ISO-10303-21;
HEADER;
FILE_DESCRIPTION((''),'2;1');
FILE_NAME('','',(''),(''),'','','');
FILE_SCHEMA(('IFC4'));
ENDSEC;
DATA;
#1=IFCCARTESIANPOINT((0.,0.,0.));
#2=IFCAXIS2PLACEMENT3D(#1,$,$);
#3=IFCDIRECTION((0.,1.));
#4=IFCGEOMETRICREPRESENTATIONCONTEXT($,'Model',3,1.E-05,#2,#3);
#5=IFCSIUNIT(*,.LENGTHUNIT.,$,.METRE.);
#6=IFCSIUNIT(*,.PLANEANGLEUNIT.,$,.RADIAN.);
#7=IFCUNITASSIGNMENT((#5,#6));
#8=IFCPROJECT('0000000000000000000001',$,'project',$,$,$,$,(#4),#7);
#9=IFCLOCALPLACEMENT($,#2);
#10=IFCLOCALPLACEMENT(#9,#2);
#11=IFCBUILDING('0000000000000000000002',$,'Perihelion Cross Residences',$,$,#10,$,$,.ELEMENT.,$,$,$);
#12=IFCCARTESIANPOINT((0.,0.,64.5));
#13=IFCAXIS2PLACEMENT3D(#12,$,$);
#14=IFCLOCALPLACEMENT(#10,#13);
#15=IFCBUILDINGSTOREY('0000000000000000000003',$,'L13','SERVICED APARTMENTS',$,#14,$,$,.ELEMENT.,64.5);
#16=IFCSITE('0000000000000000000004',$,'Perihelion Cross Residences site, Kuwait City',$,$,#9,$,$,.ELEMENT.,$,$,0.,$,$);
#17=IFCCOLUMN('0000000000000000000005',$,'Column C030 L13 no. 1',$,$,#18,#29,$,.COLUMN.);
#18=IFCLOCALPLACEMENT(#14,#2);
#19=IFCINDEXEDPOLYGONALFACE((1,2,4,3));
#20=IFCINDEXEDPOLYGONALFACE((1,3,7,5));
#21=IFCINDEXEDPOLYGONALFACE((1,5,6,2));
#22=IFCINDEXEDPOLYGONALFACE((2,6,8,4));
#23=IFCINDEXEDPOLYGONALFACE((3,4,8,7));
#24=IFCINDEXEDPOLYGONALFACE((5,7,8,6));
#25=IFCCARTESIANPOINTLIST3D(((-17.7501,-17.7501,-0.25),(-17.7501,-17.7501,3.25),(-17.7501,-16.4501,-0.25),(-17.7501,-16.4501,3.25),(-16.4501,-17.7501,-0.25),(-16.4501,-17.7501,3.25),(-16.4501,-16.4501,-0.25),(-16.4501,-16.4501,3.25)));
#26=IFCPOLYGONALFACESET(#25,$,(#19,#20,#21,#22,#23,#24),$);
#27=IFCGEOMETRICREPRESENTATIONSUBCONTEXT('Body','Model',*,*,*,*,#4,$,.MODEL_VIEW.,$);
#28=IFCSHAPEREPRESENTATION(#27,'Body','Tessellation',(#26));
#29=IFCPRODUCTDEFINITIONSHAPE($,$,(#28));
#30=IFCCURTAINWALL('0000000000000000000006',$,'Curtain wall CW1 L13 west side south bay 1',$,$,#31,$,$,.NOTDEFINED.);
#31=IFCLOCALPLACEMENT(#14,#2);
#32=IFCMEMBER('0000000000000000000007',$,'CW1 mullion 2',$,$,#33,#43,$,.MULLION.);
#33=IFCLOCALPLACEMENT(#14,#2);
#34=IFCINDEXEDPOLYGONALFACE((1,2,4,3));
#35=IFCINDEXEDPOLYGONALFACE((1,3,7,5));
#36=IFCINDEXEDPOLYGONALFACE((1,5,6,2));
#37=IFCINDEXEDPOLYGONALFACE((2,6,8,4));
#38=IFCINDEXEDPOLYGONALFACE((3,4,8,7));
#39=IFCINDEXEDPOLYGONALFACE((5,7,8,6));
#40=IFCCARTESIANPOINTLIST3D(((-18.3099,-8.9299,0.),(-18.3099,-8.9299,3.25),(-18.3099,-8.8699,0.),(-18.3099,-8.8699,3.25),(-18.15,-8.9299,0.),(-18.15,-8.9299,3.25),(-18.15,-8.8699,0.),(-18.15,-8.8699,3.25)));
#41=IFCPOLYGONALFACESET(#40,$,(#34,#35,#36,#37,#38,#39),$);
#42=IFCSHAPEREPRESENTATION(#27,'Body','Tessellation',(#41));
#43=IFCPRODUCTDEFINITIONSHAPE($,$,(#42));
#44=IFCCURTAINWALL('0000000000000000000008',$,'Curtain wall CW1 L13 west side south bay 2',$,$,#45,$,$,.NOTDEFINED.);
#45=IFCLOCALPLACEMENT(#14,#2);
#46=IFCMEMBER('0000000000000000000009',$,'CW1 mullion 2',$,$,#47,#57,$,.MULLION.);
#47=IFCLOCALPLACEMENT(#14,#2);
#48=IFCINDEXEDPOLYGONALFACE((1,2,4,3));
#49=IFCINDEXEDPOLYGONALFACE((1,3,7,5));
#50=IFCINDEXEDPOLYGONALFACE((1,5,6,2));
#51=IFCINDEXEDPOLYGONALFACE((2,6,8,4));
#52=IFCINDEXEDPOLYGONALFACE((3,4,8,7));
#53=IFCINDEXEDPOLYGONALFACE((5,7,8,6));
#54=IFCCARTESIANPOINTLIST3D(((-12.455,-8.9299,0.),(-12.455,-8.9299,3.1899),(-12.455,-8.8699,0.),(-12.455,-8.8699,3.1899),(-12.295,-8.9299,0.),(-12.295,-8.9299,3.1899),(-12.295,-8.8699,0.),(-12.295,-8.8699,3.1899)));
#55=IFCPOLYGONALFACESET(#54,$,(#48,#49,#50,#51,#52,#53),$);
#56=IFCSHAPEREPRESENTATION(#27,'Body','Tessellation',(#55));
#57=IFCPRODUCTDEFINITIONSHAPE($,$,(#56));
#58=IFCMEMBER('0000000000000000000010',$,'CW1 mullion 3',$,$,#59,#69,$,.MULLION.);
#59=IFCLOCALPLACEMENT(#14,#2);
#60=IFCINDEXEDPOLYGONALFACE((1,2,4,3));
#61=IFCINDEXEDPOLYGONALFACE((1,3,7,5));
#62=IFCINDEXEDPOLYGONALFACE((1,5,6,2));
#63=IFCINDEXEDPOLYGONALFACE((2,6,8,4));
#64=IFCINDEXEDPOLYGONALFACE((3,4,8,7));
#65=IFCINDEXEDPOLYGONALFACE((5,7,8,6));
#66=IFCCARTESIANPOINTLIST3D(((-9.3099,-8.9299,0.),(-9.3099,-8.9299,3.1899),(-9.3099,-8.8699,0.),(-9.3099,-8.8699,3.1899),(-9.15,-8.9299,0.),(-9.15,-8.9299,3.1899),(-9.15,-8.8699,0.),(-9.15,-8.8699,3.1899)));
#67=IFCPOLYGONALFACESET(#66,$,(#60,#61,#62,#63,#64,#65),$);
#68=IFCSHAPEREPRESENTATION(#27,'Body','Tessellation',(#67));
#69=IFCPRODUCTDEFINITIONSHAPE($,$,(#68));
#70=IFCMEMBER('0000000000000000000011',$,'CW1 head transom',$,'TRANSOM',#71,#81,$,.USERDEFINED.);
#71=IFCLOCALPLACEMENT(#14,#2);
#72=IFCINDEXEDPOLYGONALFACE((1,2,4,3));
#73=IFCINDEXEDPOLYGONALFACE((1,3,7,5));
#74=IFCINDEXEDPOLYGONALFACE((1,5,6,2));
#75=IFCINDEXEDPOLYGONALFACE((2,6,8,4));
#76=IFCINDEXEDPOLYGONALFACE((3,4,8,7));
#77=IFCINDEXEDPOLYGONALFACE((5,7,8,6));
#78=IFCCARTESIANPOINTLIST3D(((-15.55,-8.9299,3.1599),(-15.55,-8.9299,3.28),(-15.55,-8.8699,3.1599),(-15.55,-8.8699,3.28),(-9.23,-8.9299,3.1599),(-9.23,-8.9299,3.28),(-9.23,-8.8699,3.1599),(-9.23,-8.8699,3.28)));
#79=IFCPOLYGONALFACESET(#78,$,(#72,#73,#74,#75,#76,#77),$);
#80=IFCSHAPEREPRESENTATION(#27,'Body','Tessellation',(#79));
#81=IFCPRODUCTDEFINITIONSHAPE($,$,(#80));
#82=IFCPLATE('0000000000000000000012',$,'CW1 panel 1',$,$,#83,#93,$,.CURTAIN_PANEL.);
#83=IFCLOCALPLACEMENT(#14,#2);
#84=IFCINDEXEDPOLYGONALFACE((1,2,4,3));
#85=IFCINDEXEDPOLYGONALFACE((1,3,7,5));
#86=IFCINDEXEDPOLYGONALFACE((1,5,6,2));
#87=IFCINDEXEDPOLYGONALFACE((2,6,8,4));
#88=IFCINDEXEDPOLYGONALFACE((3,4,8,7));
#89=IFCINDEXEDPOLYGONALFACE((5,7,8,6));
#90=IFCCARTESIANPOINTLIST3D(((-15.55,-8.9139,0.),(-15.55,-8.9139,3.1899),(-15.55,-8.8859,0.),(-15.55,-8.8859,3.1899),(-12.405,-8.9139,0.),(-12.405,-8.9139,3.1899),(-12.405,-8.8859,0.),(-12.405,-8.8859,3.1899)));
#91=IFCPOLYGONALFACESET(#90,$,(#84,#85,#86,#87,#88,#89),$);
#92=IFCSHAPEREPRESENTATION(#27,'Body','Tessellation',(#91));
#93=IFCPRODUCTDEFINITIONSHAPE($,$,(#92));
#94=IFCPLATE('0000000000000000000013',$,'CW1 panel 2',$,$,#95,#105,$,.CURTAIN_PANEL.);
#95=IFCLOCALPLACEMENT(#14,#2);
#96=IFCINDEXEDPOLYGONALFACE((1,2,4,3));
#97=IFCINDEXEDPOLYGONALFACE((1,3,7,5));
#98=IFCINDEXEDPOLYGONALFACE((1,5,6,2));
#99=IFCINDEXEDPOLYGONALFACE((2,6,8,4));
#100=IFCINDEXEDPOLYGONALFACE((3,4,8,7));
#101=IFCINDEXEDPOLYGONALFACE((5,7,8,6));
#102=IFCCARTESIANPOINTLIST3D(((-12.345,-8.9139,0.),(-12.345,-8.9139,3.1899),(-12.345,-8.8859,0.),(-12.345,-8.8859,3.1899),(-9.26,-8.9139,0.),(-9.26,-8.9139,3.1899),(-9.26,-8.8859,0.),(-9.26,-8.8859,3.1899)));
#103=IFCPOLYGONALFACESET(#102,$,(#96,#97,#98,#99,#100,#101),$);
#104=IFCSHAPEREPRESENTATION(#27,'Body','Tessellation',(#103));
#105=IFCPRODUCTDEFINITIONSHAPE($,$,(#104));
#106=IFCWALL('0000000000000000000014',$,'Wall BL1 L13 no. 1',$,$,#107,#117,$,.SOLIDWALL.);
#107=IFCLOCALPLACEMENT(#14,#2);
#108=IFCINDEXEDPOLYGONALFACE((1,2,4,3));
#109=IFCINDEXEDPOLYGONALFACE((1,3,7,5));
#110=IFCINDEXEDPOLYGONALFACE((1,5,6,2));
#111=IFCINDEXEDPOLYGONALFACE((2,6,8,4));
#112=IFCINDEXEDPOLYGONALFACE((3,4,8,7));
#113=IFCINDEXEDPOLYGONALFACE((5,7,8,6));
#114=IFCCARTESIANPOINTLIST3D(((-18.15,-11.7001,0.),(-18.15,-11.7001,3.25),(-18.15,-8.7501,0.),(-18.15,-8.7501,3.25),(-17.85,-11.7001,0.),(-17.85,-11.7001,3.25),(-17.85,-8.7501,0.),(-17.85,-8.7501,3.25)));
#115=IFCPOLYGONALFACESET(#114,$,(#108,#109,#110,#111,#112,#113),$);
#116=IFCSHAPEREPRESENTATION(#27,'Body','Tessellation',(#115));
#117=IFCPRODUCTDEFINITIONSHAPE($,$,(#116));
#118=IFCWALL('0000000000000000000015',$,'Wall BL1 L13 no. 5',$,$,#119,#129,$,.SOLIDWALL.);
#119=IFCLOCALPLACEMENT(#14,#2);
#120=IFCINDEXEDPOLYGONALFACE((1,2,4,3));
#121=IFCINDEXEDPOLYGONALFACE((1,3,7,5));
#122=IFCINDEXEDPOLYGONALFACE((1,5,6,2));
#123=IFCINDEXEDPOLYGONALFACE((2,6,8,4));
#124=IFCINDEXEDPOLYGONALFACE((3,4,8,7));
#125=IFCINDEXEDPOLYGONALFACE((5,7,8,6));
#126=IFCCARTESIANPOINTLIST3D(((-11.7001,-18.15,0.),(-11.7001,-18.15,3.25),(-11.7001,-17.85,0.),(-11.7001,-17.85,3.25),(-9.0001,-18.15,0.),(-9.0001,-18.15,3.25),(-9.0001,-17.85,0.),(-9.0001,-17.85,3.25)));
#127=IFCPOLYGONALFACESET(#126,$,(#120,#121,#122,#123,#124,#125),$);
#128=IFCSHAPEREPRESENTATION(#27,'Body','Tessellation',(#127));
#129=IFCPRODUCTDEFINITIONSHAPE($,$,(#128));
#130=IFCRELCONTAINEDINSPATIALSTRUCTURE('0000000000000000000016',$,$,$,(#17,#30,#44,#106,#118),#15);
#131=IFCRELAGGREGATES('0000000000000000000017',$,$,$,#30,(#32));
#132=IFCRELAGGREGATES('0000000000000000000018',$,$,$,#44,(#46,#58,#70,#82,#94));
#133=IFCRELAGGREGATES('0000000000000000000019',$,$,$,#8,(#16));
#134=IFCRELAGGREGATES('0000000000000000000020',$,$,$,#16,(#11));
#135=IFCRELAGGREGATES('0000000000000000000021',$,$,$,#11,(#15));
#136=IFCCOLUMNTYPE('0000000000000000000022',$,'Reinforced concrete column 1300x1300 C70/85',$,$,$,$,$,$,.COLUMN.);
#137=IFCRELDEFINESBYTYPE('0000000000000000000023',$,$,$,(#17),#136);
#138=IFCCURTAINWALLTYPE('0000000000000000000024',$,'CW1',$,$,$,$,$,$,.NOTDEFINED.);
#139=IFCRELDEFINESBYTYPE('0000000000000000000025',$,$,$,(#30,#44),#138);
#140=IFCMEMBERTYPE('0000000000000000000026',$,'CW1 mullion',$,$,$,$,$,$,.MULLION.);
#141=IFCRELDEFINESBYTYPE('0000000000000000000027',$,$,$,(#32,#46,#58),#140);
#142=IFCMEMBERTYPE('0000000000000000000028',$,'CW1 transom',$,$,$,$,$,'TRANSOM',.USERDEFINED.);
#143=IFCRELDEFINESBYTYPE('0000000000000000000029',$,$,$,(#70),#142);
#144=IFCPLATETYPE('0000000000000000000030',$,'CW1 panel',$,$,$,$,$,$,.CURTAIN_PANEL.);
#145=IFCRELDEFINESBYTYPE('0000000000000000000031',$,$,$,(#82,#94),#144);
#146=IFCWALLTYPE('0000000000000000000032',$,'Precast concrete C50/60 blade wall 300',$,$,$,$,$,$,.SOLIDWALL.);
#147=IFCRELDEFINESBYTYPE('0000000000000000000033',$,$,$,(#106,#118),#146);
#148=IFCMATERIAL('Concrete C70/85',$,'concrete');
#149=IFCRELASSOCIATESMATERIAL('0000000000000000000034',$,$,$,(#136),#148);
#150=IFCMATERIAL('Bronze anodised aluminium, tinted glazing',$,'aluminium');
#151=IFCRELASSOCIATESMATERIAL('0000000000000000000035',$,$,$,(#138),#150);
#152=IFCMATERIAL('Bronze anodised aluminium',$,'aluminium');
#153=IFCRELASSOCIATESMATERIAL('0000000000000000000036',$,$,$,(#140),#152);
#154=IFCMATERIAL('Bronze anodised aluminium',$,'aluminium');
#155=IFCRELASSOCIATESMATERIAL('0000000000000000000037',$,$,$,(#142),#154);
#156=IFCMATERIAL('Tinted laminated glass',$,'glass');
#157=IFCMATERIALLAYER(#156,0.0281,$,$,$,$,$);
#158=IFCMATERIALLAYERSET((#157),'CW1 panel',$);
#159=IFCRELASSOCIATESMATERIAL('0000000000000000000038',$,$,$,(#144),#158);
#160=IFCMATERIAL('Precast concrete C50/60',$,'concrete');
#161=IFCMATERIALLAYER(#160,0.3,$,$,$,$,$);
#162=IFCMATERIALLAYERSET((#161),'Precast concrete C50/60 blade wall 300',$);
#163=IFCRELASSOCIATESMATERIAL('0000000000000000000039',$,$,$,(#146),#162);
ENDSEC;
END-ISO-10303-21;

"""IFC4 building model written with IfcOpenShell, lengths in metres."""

from ifc_helpers import new_model, si_unit, direction, frame, frame_2d, origin, origin_2d, place, context, subcontext, project, spatial, rectangle, extrude, material, layer, layer_set, material_profile, profile_set, type_object, element, aggregate, save


model = new_model("IFC4")

# Units and contexts
model_context = context("Model", 3, precision=1e-05, world=origin(), true_north=direction((0.0, 1.0)))
body_context = subcontext(model_context, "Body", "Model", "MODEL_VIEW")
ifc_project = project(units=[si_unit("LENGTHUNIT", "METRE"), si_unit("PLANEANGLEUNIT", "RADIAN")], contexts=[model_context])

# Site, building, storey
site_placement = place(None, origin())
site = spatial("IfcSite", under=ifc_project, at=site_placement, Name="Perihelion Cross Residences site, Kuwait City", CompositionType="ELEMENT", RefElevation=0.0)
building_placement = place(site_placement, origin())
building = spatial("IfcBuilding", under=site, at=building_placement, Name="Perihelion Cross Residences", CompositionType="ELEMENT")
storey_placement = place(building_placement, frame((0.0, 0.0, 64.5)))
storey = spatial("IfcBuildingStorey", under=building, at=storey_placement, Name="L13", Description="SERVICED APARTMENTS", CompositionType="ELEMENT", Elevation=64.5)

# Column
ifc_material_1 = material(Name="Concrete C70/85", Category="concrete")
ifc_material_profile_1 = material_profile(ifc_material_1, rectangle(XDim=1.3, YDim=1.3, at=origin_2d()), Name="RC 1300x1300")
ifc_profile_set_1 = profile_set([ifc_material_profile_1], Name="Concrete C70/85")
column_type = type_object("IfcColumnType", Name="Reinforced concrete column 1300x1300 C70/85", PredefinedType="COLUMN", material=ifc_profile_set_1)
column_placement = place(storey_placement, frame((-17.1001, -17.1001, -0.25), z_axis=(0.0, 0.0, 1.0), x_axis=(1.0, 0.0, 0.0)))
element("IfcColumn", 1, at=column_placement, inside=storey, type_object=column_type, Name="Column C030 L13 no. 1", PredefinedType="COLUMN", context=body_context, shape_type="SweptSolid", body=[
    extrude(rectangle(XDim=1.3, YDim=1.3, at=origin_2d()), origin(), (0.0, 0.0, 1.0), 3.5),
])

# Curtain wall, member
ifc_material_2 = material(Name="Bronze anodised aluminium, tinted glazing", Category="aluminium")
curtain_wall_type = type_object("IfcCurtainWallType", Name="CW1", PredefinedType="NOTDEFINED", material=ifc_material_2)
curtain_wall_1_placement = place(storey_placement, origin())
curtain_wall_1 = element("IfcCurtainWall", 2, at=curtain_wall_1_placement, inside=storey, type_object=curtain_wall_type, Name="Curtain wall CW1 L13 west side south bay 1", PredefinedType="NOTDEFINED")
ifc_material_3 = material(Name="Bronze anodised aluminium", Category="aluminium")
ifc_material_profile_2 = material_profile(ifc_material_3, rectangle(XDim=0.0601, YDim=0.1599, at=origin_2d()), Name="CW1 mullion")
ifc_profile_set_2 = profile_set([ifc_material_profile_2], Name="Bronze anodised aluminium")
member_type_1 = type_object("IfcMemberType", Name="CW1 mullion", PredefinedType="MULLION", material=ifc_profile_set_2)
member_1_placement = place(storey_placement, frame((-18.23, -8.8999, 0.0), z_axis=(0.0, 0.0, 1.0), x_axis=(0.0, 1.0, 0.0)))
member_1 = element("IfcMember", 3, at=member_1_placement, type_object=member_type_1, Name="CW1 mullion 2", PredefinedType="MULLION", context=body_context, shape_type="SweptSolid", body=[
    extrude(rectangle(XDim=0.0601, YDim=0.1599, at=origin_2d()), origin(), (0.0, 0.0, 1.0), 3.25),
])
aggregate(curtain_wall_1, [member_1])

# Curtain wall, members, plates
curtain_wall_2_placement = place(storey_placement, origin())
curtain_wall_2 = element("IfcCurtainWall", 4, at=curtain_wall_2_placement, inside=storey, type_object=curtain_wall_type, Name="Curtain wall CW1 L13 west side south bay 2", PredefinedType="NOTDEFINED")
member_2_placement = place(storey_placement, frame((-12.375, -8.8999, 0.0), z_axis=(0.0, 0.0, 1.0), x_axis=(0.0, 1.0, 0.0)))
member_2 = element("IfcMember", 5, at=member_2_placement, type_object=member_type_1, Name="CW1 mullion 2", PredefinedType="MULLION", context=body_context, shape_type="SweptSolid", body=[
    extrude(rectangle(XDim=0.0601, YDim=0.1599, at=origin_2d()), origin(), (0.0, 0.0, 1.0), 3.1899),
])
member_3_placement = place(storey_placement, frame((-9.23, -8.8999, 0.0), z_axis=(0.0, 0.0, 1.0), x_axis=(0.0, 1.0, 0.0)))
member_3 = element("IfcMember", 6, at=member_3_placement, type_object=member_type_1, Name="CW1 mullion 3", PredefinedType="MULLION", context=body_context, shape_type="SweptSolid", body=[
    extrude(rectangle(XDim=0.0601, YDim=0.1599, at=origin_2d()), origin(), (0.0, 0.0, 1.0), 3.1899),
])
ifc_material_4 = material(Name="Bronze anodised aluminium", Category="aluminium")
ifc_material_profile_3 = material_profile(ifc_material_4, rectangle(XDim=0.0601, YDim=0.1201, at=origin_2d()), Name="CW1 transom")
ifc_profile_set_3 = profile_set([ifc_material_profile_3], Name="Bronze anodised aluminium")
member_type_2 = type_object("IfcMemberType", Name="CW1 transom", ElementType="TRANSOM", PredefinedType="USERDEFINED", material=ifc_profile_set_3)
member_4_placement = place(storey_placement, frame((-15.55, -8.8999, 3.22), z_axis=(1.0, 0.0, 0.0), x_axis=(0.0, 1.0, 0.0)))
member_4 = element("IfcMember", 7, at=member_4_placement, type_object=member_type_2, Name="CW1 head transom", ObjectType="TRANSOM", PredefinedType="USERDEFINED", context=body_context, shape_type="SweptSolid", body=[
    extrude(rectangle(XDim=0.0601, YDim=0.1201, at=origin_2d()), origin(), (0.0, 0.0, 1.0), 6.3201),
])
ifc_material_5 = material(Name="Tinted laminated glass", Category="glass")
ifc_layer_1 = layer(ifc_material_5, 0.0281)
ifc_layer_set_1 = layer_set([ifc_layer_1], Name="CW1 panel")
plate_type = type_object("IfcPlateType", Name="CW1 panel", PredefinedType="CURTAIN_PANEL", material=ifc_layer_set_1)
plate_1_placement = place(storey_placement, frame((-13.9775, -8.8999, 0.0), z_axis=(0.0, 0.0, 1.0), x_axis=(1.0, 0.0, 0.0)))
plate_1 = element("IfcPlate", 8, at=plate_1_placement, type_object=plate_type, Name="CW1 panel 1", PredefinedType="CURTAIN_PANEL", context=body_context, shape_type="SweptSolid", body=[
    extrude(rectangle(XDim=3.145, YDim=0.0281, at=origin_2d()), origin(), (0.0, 0.0, 1.0), 3.1899),
])
plate_2_placement = place(storey_placement, frame((-10.8025, -8.8999, 0.0), z_axis=(0.0, 0.0, 1.0), x_axis=(1.0, 0.0, 0.0)))
plate_2 = element("IfcPlate", 9, at=plate_2_placement, type_object=plate_type, Name="CW1 panel 2", PredefinedType="CURTAIN_PANEL", context=body_context, shape_type="SweptSolid", body=[
    extrude(rectangle(XDim=3.085, YDim=0.0281, at=origin_2d()), origin(), (0.0, 0.0, 1.0), 3.1899),
])
aggregate(curtain_wall_2, [member_2, member_3, member_4, plate_1, plate_2])

# Walls
ifc_material_6 = material(Name="Precast concrete C50/60", Category="concrete")
ifc_layer_2 = layer(ifc_material_6, 0.3)
ifc_layer_set_2 = layer_set([ifc_layer_2], Name="Precast concrete C50/60 blade wall 300")
wall_type_1 = type_object("IfcWallType", Name="Precast concrete C50/60 blade wall 300", PredefinedType="SOLIDWALL", material=ifc_layer_set_2)
wall_1_placement = place(storey_placement, frame((-18.0, -8.75, 0.0), z_axis=(0.0, 0.0, 1.0), x_axis=(0.0, -1.0, 0.0)))
element("IfcWall", 10, at=wall_1_placement, inside=storey, type_object=wall_type_1, Name="Wall BL1 L13 no. 1", PredefinedType="SOLIDWALL", context=body_context, shape_type="SweptSolid", body=[
    extrude(rectangle(XDim=2.95, YDim=0.3, at=frame_2d((1.4751, 0.0))), origin(), (0.0, 0.0, 1.0), 3.25),
])
wall_2_placement = place(storey_placement, frame((-9.0, -18.0, 0.0), z_axis=(0.0, 0.0, 1.0), x_axis=(-1.0, 0.0, 0.0)))
element("IfcWall", 11, at=wall_2_placement, inside=storey, type_object=wall_type_1, Name="Wall BL1 L13 no. 5", PredefinedType="SOLIDWALL", context=body_context, shape_type="SweptSolid", body=[
    extrude(rectangle(XDim=2.7, YDim=0.3, at=frame_2d((1.3501, 0.0))), origin(), (0.0, 0.0, 1.0), 3.25),
])

save(model, "model.ifc")
